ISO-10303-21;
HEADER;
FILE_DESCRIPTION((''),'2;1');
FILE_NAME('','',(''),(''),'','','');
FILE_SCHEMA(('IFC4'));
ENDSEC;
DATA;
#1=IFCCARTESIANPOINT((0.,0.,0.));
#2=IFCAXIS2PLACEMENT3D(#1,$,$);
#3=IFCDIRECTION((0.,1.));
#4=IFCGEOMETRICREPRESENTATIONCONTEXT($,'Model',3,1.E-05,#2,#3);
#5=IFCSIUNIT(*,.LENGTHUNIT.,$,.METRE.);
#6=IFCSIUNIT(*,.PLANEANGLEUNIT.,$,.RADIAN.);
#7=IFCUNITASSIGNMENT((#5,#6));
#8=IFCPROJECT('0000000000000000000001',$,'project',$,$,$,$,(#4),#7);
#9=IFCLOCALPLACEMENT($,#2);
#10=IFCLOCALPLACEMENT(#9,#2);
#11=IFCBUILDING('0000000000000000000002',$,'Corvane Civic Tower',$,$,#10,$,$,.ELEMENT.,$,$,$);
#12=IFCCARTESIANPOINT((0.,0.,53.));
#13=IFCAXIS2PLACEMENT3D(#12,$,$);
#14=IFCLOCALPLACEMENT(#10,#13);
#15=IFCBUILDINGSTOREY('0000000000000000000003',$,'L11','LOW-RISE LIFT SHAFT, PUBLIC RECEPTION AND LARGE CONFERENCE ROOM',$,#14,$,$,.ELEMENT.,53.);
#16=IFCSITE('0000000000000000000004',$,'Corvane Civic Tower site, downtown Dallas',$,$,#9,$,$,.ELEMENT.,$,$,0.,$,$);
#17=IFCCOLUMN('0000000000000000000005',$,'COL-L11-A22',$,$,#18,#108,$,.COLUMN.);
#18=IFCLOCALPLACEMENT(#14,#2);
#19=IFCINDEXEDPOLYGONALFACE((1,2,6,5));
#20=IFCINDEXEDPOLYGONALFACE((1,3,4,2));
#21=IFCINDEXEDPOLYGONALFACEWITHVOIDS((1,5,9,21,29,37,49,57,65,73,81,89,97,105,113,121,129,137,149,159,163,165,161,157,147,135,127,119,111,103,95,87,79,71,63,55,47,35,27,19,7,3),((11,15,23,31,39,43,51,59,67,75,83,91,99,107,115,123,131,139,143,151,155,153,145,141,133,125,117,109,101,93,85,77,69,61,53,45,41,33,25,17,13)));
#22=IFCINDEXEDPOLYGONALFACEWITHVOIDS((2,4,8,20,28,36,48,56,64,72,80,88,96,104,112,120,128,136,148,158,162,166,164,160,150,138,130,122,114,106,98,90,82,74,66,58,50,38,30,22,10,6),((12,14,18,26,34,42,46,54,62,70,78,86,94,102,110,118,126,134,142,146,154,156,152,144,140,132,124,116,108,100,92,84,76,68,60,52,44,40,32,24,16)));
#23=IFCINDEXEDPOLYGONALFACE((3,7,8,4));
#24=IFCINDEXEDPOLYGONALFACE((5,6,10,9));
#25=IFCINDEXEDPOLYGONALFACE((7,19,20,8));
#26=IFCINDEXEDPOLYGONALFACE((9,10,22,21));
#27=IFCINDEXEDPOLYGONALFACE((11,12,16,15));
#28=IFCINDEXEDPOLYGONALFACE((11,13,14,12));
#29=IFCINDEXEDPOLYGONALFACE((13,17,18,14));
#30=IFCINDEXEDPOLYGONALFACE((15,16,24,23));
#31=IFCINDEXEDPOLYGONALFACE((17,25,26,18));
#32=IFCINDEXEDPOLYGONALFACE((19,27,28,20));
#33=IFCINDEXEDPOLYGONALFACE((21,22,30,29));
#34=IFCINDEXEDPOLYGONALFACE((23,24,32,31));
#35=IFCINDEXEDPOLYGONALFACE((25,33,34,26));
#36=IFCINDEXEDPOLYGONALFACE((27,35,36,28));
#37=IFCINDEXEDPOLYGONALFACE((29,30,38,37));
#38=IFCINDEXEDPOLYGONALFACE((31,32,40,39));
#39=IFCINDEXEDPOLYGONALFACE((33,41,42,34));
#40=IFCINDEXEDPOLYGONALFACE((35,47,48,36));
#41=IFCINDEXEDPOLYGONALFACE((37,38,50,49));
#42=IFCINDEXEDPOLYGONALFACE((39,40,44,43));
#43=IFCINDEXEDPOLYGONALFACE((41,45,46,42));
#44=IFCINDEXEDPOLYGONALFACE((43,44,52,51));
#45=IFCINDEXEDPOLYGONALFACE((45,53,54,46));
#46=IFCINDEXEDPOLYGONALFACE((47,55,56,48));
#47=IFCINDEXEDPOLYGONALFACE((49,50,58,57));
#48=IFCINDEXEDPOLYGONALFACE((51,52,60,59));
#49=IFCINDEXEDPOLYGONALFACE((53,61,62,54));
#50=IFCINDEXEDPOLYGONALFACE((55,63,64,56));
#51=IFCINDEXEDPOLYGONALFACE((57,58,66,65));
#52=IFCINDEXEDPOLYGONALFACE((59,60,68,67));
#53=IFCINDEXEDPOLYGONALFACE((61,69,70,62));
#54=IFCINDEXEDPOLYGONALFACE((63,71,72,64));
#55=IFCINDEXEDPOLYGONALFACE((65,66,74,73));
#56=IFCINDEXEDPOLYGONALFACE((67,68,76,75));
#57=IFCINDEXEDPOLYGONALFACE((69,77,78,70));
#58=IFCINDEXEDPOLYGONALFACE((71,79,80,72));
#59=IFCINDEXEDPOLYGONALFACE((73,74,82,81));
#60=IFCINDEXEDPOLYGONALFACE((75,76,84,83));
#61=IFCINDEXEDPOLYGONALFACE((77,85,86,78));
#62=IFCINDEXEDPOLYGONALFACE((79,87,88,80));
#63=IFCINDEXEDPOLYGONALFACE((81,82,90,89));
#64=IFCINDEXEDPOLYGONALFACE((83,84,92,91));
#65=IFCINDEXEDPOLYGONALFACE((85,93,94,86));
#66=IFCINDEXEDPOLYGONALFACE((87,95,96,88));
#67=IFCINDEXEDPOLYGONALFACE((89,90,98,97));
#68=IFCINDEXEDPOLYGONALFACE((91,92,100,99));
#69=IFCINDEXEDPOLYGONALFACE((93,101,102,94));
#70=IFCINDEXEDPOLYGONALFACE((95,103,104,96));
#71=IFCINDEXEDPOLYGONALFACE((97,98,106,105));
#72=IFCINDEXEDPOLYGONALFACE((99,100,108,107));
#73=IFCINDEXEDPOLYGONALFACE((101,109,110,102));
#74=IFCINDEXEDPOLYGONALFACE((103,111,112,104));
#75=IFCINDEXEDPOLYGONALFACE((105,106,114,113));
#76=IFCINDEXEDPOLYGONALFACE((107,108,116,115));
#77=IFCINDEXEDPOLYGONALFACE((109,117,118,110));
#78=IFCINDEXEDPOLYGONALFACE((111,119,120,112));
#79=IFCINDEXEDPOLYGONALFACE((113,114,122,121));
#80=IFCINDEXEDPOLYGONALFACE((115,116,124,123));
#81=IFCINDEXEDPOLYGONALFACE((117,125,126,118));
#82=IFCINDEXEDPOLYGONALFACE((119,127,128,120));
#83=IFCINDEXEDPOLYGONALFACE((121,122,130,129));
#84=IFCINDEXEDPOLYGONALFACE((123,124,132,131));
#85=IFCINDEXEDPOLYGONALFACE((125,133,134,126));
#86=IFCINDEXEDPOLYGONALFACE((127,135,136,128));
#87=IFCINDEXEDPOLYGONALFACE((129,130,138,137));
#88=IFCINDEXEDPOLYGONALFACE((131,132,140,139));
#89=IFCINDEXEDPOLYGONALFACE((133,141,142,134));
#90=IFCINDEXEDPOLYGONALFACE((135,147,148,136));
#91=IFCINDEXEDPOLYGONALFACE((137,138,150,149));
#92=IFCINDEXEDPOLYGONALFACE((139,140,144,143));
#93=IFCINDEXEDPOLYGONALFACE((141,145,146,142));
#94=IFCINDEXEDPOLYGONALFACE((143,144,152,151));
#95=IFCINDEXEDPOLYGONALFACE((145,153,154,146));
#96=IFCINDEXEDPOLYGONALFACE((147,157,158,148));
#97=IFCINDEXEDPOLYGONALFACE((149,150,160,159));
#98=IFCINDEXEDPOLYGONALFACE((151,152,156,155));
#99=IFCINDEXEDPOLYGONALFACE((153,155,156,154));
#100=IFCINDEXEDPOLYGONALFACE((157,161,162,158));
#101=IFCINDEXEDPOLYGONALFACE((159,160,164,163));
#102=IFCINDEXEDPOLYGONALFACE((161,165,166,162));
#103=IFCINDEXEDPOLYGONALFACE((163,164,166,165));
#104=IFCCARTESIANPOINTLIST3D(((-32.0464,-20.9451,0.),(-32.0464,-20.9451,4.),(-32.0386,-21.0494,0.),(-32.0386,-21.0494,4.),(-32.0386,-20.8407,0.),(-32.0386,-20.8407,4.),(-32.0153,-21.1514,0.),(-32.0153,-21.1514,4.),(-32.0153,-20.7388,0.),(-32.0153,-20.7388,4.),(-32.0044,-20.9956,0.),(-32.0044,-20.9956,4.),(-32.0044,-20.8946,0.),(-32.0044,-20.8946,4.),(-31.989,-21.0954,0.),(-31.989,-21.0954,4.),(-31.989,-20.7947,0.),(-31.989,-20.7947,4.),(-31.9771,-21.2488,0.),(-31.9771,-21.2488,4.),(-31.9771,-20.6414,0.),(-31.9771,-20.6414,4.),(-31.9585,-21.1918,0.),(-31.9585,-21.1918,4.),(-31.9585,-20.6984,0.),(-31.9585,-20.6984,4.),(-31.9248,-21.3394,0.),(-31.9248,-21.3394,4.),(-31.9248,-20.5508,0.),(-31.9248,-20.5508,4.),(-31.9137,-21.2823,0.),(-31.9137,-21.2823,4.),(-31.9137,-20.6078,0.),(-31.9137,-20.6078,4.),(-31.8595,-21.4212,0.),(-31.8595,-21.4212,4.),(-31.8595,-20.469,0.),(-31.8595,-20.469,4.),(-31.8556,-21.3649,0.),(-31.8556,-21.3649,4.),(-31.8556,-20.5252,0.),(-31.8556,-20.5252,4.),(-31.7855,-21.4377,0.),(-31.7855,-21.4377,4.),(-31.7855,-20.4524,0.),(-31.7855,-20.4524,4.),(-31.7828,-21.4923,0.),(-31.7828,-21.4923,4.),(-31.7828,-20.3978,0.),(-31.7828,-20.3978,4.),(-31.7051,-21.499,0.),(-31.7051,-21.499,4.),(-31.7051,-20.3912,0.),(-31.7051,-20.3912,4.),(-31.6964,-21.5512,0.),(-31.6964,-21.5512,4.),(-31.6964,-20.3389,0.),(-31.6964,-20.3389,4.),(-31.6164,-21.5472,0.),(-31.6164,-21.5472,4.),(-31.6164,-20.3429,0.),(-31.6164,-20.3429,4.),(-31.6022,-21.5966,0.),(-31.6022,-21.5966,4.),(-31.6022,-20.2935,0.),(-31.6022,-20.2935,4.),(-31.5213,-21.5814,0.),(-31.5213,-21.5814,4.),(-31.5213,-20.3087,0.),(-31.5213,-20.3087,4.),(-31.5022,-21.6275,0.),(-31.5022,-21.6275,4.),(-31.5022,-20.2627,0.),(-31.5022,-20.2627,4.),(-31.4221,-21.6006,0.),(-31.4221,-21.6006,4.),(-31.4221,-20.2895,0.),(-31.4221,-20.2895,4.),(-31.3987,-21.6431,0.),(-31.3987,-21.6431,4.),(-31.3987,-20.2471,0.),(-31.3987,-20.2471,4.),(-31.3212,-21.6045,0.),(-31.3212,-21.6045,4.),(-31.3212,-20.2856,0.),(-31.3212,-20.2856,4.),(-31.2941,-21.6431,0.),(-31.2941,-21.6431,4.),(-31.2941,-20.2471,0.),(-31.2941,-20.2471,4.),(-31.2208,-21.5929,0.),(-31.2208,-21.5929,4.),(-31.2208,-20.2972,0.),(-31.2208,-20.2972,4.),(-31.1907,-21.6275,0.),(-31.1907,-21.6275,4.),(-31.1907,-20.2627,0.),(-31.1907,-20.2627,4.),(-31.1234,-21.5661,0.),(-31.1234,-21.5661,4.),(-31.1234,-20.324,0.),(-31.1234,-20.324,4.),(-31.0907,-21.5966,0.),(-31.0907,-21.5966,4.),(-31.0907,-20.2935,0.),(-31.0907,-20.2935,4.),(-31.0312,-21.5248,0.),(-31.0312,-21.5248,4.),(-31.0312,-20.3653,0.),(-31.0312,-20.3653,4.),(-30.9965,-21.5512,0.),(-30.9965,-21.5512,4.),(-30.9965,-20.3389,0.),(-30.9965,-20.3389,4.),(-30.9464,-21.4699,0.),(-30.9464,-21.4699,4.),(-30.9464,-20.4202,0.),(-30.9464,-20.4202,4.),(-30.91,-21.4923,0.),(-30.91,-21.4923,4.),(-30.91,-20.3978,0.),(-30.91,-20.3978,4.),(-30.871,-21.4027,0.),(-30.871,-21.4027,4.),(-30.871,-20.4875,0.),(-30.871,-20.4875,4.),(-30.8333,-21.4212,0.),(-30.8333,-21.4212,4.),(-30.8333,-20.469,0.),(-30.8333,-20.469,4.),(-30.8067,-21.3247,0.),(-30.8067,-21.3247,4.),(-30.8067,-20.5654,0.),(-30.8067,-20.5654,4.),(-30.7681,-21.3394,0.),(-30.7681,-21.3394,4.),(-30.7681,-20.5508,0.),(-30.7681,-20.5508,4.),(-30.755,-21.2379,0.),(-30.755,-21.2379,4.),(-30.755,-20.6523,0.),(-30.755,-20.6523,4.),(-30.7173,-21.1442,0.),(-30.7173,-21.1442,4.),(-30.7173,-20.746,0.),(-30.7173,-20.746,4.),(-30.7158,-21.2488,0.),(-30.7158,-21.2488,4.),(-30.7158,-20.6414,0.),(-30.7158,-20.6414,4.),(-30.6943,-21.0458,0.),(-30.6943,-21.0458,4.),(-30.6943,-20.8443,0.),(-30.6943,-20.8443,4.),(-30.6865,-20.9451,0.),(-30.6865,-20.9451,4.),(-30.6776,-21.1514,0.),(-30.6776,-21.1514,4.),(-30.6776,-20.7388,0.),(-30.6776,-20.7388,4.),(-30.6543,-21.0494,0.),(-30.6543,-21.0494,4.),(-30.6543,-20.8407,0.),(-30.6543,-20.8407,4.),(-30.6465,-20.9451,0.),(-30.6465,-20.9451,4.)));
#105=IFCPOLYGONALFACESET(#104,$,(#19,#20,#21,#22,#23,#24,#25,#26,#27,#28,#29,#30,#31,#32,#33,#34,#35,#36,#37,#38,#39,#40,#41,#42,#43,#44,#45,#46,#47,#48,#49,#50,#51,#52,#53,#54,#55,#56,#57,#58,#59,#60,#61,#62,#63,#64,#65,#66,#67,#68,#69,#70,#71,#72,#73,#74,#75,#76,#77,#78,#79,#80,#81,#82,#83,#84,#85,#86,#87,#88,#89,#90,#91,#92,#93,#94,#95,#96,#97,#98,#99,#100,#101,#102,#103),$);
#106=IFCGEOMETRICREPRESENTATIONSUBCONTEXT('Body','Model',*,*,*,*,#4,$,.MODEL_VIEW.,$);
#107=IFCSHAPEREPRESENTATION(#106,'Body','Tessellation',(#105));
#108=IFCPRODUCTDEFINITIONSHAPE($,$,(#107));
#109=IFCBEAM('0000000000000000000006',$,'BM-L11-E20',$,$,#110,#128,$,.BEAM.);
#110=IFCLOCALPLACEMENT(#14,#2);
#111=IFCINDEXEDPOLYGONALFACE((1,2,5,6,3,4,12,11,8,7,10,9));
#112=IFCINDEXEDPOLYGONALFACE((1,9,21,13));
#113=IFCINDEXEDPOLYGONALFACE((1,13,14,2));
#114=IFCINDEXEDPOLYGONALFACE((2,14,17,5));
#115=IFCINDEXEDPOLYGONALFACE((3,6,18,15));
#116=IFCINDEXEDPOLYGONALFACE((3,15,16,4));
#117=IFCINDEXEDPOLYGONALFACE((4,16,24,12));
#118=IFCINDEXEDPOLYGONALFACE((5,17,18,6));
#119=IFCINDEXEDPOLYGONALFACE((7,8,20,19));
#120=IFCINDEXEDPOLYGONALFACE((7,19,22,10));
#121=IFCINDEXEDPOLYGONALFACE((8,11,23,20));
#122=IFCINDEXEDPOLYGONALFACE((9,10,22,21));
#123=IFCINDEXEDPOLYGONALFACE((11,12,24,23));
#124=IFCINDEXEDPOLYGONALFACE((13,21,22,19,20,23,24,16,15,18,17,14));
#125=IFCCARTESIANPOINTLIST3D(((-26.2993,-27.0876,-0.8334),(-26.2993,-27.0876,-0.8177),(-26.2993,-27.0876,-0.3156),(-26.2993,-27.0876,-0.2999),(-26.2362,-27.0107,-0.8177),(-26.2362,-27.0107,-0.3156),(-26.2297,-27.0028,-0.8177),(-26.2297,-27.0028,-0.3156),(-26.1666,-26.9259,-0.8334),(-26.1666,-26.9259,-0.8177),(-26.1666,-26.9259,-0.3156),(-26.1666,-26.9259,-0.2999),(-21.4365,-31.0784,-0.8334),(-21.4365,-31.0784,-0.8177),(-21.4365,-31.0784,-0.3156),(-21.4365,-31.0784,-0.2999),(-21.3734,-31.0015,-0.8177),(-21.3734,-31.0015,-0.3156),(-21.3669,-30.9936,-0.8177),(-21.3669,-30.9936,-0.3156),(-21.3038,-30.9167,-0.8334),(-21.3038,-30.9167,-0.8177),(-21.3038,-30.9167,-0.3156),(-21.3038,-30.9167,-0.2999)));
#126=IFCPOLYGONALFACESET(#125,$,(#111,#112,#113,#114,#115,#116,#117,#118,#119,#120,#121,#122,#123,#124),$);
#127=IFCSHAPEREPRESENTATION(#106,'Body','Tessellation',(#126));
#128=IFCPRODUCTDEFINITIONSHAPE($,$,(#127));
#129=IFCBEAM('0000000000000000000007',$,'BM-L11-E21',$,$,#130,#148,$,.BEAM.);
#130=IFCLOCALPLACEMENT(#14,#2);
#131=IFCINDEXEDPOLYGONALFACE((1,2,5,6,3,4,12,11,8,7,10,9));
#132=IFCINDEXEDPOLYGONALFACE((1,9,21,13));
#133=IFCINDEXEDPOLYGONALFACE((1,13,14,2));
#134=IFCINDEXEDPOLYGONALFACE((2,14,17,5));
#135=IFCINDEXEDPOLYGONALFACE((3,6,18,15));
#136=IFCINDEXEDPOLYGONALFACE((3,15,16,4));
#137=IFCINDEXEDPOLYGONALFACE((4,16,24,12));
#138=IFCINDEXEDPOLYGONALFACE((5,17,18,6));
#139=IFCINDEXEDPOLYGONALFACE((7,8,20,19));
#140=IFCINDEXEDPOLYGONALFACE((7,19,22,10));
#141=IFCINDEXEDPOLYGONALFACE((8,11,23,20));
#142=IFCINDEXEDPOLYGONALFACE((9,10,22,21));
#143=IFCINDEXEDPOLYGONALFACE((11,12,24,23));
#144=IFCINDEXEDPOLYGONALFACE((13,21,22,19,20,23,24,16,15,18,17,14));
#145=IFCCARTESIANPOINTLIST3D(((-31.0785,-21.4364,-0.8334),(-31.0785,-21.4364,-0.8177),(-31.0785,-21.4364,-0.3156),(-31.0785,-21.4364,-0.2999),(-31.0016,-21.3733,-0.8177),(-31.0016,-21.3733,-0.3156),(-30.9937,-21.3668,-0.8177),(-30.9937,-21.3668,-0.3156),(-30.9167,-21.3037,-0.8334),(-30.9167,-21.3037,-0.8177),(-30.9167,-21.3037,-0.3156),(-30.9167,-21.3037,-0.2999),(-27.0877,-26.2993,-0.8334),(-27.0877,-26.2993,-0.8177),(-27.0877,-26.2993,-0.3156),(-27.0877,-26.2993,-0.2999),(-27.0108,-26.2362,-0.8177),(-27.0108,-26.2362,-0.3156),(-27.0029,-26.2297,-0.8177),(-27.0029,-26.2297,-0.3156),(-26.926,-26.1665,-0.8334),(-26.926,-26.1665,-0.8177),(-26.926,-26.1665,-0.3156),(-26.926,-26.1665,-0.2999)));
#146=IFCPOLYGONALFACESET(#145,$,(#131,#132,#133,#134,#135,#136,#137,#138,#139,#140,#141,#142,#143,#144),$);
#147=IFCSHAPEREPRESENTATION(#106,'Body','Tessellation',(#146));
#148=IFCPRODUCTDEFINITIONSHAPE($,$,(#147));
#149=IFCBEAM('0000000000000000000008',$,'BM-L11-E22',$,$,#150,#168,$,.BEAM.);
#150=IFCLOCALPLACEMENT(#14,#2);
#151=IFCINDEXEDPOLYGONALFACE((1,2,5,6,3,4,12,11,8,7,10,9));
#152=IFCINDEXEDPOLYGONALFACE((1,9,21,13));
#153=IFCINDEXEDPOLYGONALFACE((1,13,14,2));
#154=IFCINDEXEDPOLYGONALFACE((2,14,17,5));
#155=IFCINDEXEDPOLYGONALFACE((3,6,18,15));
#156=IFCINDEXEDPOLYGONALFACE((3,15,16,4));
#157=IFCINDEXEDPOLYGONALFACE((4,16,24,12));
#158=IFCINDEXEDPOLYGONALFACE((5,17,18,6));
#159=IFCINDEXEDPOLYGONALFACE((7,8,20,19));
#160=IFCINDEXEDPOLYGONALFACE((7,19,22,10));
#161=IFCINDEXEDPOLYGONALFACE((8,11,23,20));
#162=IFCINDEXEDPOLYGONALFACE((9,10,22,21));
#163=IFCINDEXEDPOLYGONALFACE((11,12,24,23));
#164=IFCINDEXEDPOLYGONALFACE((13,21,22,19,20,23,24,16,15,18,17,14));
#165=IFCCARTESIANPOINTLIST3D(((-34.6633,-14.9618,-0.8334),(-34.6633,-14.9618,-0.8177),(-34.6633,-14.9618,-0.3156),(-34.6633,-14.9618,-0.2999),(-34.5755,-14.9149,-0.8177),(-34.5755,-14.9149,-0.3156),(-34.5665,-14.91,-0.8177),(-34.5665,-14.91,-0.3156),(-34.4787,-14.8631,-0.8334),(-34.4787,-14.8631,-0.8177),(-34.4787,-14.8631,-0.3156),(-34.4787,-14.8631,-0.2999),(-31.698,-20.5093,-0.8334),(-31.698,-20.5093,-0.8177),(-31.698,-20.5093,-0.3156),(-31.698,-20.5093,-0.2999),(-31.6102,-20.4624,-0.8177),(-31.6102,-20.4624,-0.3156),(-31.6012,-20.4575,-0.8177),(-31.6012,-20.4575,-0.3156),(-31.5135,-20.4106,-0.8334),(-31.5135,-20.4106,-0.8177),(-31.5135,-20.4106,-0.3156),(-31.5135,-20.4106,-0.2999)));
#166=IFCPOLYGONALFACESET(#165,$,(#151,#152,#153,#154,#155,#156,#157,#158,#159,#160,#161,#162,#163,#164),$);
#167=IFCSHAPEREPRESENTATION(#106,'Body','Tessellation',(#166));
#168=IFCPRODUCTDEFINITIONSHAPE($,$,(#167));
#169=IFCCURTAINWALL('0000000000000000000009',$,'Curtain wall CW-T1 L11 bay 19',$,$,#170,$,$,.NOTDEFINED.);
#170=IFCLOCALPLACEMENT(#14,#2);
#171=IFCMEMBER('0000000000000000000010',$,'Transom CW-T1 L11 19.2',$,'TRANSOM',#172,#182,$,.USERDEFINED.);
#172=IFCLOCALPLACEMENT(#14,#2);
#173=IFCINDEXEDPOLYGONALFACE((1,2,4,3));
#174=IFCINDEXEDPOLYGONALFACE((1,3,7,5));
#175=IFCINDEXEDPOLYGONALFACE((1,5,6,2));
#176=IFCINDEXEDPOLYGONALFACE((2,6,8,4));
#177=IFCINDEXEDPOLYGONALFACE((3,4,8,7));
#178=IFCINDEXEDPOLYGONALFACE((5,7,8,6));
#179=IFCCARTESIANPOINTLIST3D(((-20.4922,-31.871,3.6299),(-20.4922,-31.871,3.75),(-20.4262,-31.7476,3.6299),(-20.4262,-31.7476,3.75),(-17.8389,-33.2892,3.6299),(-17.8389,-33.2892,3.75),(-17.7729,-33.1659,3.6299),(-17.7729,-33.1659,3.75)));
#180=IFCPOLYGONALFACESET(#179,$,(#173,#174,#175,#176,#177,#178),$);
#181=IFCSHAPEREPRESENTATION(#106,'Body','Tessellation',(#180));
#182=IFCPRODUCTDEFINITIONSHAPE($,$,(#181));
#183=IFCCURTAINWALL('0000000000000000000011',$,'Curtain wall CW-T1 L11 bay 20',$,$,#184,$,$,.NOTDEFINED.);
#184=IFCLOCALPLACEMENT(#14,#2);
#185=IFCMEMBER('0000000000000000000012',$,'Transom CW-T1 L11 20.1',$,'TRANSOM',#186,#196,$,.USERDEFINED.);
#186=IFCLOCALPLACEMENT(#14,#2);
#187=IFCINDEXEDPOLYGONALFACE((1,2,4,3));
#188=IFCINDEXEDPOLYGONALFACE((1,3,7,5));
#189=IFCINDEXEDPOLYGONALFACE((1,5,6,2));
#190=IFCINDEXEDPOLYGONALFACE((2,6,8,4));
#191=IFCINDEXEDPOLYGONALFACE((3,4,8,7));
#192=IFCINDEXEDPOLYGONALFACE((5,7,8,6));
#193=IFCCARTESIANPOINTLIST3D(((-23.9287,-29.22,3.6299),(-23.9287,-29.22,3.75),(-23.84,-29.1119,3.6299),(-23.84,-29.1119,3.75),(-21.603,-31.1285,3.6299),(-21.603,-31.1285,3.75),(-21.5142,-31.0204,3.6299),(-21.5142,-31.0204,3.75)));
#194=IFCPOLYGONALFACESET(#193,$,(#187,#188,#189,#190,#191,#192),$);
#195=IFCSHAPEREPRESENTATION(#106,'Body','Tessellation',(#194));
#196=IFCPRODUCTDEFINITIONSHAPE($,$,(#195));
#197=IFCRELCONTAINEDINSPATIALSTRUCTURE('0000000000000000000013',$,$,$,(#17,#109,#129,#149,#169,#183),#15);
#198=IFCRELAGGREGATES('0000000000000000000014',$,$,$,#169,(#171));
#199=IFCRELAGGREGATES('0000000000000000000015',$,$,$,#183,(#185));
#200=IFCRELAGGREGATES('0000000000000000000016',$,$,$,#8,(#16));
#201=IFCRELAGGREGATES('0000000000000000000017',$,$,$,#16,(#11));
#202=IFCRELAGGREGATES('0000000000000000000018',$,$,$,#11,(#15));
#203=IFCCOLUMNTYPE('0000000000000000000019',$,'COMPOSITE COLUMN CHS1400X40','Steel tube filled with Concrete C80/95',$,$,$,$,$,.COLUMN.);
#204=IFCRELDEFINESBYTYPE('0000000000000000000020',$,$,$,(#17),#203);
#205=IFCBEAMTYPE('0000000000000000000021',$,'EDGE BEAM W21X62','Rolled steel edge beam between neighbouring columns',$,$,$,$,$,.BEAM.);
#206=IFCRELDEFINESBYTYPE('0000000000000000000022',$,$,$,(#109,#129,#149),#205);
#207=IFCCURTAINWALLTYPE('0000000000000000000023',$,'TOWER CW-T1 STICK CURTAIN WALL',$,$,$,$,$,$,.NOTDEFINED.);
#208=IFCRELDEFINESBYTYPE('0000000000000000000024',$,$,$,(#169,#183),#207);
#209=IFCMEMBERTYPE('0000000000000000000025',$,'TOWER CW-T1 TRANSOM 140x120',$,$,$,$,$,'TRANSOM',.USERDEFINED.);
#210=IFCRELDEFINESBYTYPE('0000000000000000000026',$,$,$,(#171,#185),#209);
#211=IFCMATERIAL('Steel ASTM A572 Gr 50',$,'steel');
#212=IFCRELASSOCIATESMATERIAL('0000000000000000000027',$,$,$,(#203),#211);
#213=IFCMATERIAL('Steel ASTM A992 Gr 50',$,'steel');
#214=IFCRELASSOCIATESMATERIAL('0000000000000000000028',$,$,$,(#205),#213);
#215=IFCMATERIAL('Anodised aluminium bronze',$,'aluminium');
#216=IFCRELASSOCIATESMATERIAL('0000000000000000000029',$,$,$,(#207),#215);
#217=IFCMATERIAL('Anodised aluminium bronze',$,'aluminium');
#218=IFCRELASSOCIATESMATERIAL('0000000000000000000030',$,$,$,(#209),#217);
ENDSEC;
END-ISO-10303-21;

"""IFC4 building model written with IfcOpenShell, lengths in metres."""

from ifc_helpers import new_model, si_unit, direction, frame, origin, origin_2d, place, context, subcontext, project, spatial, rectangle, hollow_circle, i_section, extrude, material, material_profile, profile_set, type_object, element, aggregate, save


model = new_model("IFC4")

# Units and contexts
model_context = context("Model", 3, precision=1e-05, world=origin(), true_north=direction((0.0, 1.0)))
body_context = subcontext(model_context, "Body", "Model", "MODEL_VIEW")
ifc_project = project(units=[si_unit("LENGTHUNIT", "METRE"), si_unit("PLANEANGLEUNIT", "RADIAN")], contexts=[model_context])

# Site, building, storey
site_placement = place(None, origin())
site = spatial("IfcSite", under=ifc_project, at=site_placement, Name="Corvane Civic Tower site, downtown Dallas", CompositionType="ELEMENT", RefElevation=0.0)
building_placement = place(site_placement, origin())
building = spatial("IfcBuilding", under=site, at=building_placement, Name="Corvane Civic Tower", CompositionType="ELEMENT")
storey_placement = place(building_placement, frame((0.0, 0.0, 53.0)))
storey = spatial("IfcBuildingStorey", under=building, at=storey_placement, Name="L11", Description="LOW-RISE LIFT SHAFT, PUBLIC RECEPTION AND LARGE CONFERENCE ROOM", CompositionType="ELEMENT", Elevation=53.0)

# Column
ifc_material_1 = material(Name="Steel ASTM A572 Gr 50", Category="steel")
ifc_material_profile_1 = material_profile(ifc_material_1, hollow_circle(Radius=0.7, WallThickness=0.04, at=origin_2d()), Name="CHS1400X40")
ifc_profile_set_1 = profile_set([ifc_material_profile_1], Name="Steel ASTM A572 Gr 50")
column_type = type_object("IfcColumnType", Name="COMPOSITE COLUMN CHS1400X40", Description="Steel tube filled with Concrete C80/95", PredefinedType="COLUMN", material=ifc_profile_set_1)
for number, where, z_axis, x_axis, name in (
    (1, (-31.3464, -20.9451, 0.0), (0.0, 0.0, 1.0), (1.0, 0.0, 0.0), "COL-L11-A22"),
):
    element("IfcColumn", number, at=place(storey_placement, frame(where, z_axis=z_axis, x_axis=x_axis)), inside=storey, type_object=column_type, Name=name, PredefinedType="COLUMN", context=body_context, shape_type="SweptSolid", body=[
        extrude(hollow_circle(Radius=0.7, WallThickness=0.04, at=origin_2d()), origin(), (0.0, 0.0, 1.0), 4.0),
    ])

# Beams
ifc_material_2 = material(Name="Steel ASTM A992 Gr 50", Category="steel")
ifc_material_profile_2 = material_profile(ifc_material_2, i_section(OverallWidth=0.2092, OverallDepth=0.5334, WebThickness=0.0103, FlangeThickness=0.0156, at=origin_2d()), Name="W21X62")
ifc_profile_set_2 = profile_set([ifc_material_profile_2], Name="Steel ASTM A992 Gr 50")
beam_type = type_object("IfcBeamType", Name="EDGE BEAM W21X62", Description="Rolled steel edge beam between neighbouring columns", PredefinedType="BEAM", material=ifc_profile_set_2)
for number, where, z_axis, x_axis, name in (
    (2, (-21.3701, -30.9976, -0.5667), (-0.773016, 0.634387, 0.0), (-0.634387, -0.773016, 0.0), "BM-L11-E20"),
    (3, (-27.0068, -26.2329, -0.5667), (-0.634387, 0.773016, 0.0), (-0.773016, -0.634387, 0.0), "BM-L11-E21"),
):
    element("IfcBeam", number, at=place(storey_placement, frame(where, z_axis=z_axis, x_axis=x_axis)), inside=storey, type_object=beam_type, Name=name, PredefinedType="BEAM", context=body_context, shape_type="SweptSolid", body=[
        extrude(i_section(OverallWidth=0.2092, OverallDepth=0.5334, WebThickness=0.0103, FlangeThickness=0.0156, at=origin_2d()), origin(), (0.0, 0.0, 1.0), 6.2908),
    ])
beam_placement = place(storey_placement, frame((-31.6057, -20.46, -0.5667), z_axis=(-0.471406, 0.881916, 0.0), x_axis=(-0.881916, -0.471406, 0.0)))
element("IfcBeam", 4, at=beam_placement, inside=storey, type_object=beam_type, Name="BM-L11-E22", PredefinedType="BEAM", context=body_context, shape_type="SweptSolid", body=[
    extrude(i_section(OverallWidth=0.2092, OverallDepth=0.5334, WebThickness=0.0103, FlangeThickness=0.0156, at=origin_2d()), origin(), (0.0, 0.0, 1.0), 6.2903),
])

# Curtain wall, member
ifc_material_3 = material(Name="Anodised aluminium bronze", Category="aluminium")
curtain_wall_type = type_object("IfcCurtainWallType", Name="TOWER CW-T1 STICK CURTAIN WALL", PredefinedType="NOTDEFINED", material=ifc_material_3)
curtain_wall_1_placement = place(storey_placement, origin())
curtain_wall_1 = element("IfcCurtainWall", 5, at=curtain_wall_1_placement, inside=storey, type_object=curtain_wall_type, Name="Curtain wall CW-T1 L11 bay 19", PredefinedType="NOTDEFINED")
ifc_material_4 = material(Name="Anodised aluminium bronze", Category="aluminium")
ifc_material_profile_3 = material_profile(ifc_material_4, rectangle(XDim=0.1399, YDim=0.1201, at=origin_2d()), Name="TOWER CW-T1 TRANSOM 140x120")
ifc_profile_set_3 = profile_set([ifc_material_profile_3], Name="Anodised aluminium bronze")
member_type_1 = type_object("IfcMemberType", Name="TOWER CW-T1 TRANSOM 140x120", ElementType="TRANSOM", PredefinedType="USERDEFINED", material=ifc_profile_set_3)
member_1_placement = place(storey_placement, frame((-17.8059, -33.2275, 3.6899), z_axis=(-0.881924, 0.471393, 0.0), x_axis=(-0.471393, -0.881924, 0.0)))
member_1 = element("IfcMember", 6, at=member_1_placement, type_object=member_type_1, Name="Transom CW-T1 L11 19.2", ObjectType="TRANSOM", PredefinedType="USERDEFINED", context=body_context, shape_type="SweptSolid", body=[
    extrude(rectangle(XDim=0.1399, YDim=0.1201, at=origin_2d()), origin(), (0.0, 0.0, 1.0), 3.0085),
])

# Curtain wall, member
curtain_wall_2_placement = place(storey_placement, origin())
curtain_wall_2 = element("IfcCurtainWall", 7, at=curtain_wall_2_placement, inside=storey, type_object=curtain_wall_type, Name="Curtain wall CW-T1 L11 bay 20", PredefinedType="NOTDEFINED")
member_2_placement = place(storey_placement, frame((-21.5586, -31.0745, 3.6899), z_axis=(-0.773042, 0.634355, 0.0), x_axis=(-0.634355, -0.773042, 0.0)))
member_2 = element("IfcMember", 8, at=member_2_placement, type_object=member_type_1, Name="Transom CW-T1 L11 20.1", ObjectType="TRANSOM", PredefinedType="USERDEFINED", context=body_context, shape_type="SweptSolid", body=[
    extrude(rectangle(XDim=0.1399, YDim=0.1201, at=origin_2d()), origin(), (0.0, 0.0, 1.0), 3.0085),
])

aggregate(curtain_wall_1, [member_1])
aggregate(curtain_wall_2, [member_2])

save(model, "model.ifc")
